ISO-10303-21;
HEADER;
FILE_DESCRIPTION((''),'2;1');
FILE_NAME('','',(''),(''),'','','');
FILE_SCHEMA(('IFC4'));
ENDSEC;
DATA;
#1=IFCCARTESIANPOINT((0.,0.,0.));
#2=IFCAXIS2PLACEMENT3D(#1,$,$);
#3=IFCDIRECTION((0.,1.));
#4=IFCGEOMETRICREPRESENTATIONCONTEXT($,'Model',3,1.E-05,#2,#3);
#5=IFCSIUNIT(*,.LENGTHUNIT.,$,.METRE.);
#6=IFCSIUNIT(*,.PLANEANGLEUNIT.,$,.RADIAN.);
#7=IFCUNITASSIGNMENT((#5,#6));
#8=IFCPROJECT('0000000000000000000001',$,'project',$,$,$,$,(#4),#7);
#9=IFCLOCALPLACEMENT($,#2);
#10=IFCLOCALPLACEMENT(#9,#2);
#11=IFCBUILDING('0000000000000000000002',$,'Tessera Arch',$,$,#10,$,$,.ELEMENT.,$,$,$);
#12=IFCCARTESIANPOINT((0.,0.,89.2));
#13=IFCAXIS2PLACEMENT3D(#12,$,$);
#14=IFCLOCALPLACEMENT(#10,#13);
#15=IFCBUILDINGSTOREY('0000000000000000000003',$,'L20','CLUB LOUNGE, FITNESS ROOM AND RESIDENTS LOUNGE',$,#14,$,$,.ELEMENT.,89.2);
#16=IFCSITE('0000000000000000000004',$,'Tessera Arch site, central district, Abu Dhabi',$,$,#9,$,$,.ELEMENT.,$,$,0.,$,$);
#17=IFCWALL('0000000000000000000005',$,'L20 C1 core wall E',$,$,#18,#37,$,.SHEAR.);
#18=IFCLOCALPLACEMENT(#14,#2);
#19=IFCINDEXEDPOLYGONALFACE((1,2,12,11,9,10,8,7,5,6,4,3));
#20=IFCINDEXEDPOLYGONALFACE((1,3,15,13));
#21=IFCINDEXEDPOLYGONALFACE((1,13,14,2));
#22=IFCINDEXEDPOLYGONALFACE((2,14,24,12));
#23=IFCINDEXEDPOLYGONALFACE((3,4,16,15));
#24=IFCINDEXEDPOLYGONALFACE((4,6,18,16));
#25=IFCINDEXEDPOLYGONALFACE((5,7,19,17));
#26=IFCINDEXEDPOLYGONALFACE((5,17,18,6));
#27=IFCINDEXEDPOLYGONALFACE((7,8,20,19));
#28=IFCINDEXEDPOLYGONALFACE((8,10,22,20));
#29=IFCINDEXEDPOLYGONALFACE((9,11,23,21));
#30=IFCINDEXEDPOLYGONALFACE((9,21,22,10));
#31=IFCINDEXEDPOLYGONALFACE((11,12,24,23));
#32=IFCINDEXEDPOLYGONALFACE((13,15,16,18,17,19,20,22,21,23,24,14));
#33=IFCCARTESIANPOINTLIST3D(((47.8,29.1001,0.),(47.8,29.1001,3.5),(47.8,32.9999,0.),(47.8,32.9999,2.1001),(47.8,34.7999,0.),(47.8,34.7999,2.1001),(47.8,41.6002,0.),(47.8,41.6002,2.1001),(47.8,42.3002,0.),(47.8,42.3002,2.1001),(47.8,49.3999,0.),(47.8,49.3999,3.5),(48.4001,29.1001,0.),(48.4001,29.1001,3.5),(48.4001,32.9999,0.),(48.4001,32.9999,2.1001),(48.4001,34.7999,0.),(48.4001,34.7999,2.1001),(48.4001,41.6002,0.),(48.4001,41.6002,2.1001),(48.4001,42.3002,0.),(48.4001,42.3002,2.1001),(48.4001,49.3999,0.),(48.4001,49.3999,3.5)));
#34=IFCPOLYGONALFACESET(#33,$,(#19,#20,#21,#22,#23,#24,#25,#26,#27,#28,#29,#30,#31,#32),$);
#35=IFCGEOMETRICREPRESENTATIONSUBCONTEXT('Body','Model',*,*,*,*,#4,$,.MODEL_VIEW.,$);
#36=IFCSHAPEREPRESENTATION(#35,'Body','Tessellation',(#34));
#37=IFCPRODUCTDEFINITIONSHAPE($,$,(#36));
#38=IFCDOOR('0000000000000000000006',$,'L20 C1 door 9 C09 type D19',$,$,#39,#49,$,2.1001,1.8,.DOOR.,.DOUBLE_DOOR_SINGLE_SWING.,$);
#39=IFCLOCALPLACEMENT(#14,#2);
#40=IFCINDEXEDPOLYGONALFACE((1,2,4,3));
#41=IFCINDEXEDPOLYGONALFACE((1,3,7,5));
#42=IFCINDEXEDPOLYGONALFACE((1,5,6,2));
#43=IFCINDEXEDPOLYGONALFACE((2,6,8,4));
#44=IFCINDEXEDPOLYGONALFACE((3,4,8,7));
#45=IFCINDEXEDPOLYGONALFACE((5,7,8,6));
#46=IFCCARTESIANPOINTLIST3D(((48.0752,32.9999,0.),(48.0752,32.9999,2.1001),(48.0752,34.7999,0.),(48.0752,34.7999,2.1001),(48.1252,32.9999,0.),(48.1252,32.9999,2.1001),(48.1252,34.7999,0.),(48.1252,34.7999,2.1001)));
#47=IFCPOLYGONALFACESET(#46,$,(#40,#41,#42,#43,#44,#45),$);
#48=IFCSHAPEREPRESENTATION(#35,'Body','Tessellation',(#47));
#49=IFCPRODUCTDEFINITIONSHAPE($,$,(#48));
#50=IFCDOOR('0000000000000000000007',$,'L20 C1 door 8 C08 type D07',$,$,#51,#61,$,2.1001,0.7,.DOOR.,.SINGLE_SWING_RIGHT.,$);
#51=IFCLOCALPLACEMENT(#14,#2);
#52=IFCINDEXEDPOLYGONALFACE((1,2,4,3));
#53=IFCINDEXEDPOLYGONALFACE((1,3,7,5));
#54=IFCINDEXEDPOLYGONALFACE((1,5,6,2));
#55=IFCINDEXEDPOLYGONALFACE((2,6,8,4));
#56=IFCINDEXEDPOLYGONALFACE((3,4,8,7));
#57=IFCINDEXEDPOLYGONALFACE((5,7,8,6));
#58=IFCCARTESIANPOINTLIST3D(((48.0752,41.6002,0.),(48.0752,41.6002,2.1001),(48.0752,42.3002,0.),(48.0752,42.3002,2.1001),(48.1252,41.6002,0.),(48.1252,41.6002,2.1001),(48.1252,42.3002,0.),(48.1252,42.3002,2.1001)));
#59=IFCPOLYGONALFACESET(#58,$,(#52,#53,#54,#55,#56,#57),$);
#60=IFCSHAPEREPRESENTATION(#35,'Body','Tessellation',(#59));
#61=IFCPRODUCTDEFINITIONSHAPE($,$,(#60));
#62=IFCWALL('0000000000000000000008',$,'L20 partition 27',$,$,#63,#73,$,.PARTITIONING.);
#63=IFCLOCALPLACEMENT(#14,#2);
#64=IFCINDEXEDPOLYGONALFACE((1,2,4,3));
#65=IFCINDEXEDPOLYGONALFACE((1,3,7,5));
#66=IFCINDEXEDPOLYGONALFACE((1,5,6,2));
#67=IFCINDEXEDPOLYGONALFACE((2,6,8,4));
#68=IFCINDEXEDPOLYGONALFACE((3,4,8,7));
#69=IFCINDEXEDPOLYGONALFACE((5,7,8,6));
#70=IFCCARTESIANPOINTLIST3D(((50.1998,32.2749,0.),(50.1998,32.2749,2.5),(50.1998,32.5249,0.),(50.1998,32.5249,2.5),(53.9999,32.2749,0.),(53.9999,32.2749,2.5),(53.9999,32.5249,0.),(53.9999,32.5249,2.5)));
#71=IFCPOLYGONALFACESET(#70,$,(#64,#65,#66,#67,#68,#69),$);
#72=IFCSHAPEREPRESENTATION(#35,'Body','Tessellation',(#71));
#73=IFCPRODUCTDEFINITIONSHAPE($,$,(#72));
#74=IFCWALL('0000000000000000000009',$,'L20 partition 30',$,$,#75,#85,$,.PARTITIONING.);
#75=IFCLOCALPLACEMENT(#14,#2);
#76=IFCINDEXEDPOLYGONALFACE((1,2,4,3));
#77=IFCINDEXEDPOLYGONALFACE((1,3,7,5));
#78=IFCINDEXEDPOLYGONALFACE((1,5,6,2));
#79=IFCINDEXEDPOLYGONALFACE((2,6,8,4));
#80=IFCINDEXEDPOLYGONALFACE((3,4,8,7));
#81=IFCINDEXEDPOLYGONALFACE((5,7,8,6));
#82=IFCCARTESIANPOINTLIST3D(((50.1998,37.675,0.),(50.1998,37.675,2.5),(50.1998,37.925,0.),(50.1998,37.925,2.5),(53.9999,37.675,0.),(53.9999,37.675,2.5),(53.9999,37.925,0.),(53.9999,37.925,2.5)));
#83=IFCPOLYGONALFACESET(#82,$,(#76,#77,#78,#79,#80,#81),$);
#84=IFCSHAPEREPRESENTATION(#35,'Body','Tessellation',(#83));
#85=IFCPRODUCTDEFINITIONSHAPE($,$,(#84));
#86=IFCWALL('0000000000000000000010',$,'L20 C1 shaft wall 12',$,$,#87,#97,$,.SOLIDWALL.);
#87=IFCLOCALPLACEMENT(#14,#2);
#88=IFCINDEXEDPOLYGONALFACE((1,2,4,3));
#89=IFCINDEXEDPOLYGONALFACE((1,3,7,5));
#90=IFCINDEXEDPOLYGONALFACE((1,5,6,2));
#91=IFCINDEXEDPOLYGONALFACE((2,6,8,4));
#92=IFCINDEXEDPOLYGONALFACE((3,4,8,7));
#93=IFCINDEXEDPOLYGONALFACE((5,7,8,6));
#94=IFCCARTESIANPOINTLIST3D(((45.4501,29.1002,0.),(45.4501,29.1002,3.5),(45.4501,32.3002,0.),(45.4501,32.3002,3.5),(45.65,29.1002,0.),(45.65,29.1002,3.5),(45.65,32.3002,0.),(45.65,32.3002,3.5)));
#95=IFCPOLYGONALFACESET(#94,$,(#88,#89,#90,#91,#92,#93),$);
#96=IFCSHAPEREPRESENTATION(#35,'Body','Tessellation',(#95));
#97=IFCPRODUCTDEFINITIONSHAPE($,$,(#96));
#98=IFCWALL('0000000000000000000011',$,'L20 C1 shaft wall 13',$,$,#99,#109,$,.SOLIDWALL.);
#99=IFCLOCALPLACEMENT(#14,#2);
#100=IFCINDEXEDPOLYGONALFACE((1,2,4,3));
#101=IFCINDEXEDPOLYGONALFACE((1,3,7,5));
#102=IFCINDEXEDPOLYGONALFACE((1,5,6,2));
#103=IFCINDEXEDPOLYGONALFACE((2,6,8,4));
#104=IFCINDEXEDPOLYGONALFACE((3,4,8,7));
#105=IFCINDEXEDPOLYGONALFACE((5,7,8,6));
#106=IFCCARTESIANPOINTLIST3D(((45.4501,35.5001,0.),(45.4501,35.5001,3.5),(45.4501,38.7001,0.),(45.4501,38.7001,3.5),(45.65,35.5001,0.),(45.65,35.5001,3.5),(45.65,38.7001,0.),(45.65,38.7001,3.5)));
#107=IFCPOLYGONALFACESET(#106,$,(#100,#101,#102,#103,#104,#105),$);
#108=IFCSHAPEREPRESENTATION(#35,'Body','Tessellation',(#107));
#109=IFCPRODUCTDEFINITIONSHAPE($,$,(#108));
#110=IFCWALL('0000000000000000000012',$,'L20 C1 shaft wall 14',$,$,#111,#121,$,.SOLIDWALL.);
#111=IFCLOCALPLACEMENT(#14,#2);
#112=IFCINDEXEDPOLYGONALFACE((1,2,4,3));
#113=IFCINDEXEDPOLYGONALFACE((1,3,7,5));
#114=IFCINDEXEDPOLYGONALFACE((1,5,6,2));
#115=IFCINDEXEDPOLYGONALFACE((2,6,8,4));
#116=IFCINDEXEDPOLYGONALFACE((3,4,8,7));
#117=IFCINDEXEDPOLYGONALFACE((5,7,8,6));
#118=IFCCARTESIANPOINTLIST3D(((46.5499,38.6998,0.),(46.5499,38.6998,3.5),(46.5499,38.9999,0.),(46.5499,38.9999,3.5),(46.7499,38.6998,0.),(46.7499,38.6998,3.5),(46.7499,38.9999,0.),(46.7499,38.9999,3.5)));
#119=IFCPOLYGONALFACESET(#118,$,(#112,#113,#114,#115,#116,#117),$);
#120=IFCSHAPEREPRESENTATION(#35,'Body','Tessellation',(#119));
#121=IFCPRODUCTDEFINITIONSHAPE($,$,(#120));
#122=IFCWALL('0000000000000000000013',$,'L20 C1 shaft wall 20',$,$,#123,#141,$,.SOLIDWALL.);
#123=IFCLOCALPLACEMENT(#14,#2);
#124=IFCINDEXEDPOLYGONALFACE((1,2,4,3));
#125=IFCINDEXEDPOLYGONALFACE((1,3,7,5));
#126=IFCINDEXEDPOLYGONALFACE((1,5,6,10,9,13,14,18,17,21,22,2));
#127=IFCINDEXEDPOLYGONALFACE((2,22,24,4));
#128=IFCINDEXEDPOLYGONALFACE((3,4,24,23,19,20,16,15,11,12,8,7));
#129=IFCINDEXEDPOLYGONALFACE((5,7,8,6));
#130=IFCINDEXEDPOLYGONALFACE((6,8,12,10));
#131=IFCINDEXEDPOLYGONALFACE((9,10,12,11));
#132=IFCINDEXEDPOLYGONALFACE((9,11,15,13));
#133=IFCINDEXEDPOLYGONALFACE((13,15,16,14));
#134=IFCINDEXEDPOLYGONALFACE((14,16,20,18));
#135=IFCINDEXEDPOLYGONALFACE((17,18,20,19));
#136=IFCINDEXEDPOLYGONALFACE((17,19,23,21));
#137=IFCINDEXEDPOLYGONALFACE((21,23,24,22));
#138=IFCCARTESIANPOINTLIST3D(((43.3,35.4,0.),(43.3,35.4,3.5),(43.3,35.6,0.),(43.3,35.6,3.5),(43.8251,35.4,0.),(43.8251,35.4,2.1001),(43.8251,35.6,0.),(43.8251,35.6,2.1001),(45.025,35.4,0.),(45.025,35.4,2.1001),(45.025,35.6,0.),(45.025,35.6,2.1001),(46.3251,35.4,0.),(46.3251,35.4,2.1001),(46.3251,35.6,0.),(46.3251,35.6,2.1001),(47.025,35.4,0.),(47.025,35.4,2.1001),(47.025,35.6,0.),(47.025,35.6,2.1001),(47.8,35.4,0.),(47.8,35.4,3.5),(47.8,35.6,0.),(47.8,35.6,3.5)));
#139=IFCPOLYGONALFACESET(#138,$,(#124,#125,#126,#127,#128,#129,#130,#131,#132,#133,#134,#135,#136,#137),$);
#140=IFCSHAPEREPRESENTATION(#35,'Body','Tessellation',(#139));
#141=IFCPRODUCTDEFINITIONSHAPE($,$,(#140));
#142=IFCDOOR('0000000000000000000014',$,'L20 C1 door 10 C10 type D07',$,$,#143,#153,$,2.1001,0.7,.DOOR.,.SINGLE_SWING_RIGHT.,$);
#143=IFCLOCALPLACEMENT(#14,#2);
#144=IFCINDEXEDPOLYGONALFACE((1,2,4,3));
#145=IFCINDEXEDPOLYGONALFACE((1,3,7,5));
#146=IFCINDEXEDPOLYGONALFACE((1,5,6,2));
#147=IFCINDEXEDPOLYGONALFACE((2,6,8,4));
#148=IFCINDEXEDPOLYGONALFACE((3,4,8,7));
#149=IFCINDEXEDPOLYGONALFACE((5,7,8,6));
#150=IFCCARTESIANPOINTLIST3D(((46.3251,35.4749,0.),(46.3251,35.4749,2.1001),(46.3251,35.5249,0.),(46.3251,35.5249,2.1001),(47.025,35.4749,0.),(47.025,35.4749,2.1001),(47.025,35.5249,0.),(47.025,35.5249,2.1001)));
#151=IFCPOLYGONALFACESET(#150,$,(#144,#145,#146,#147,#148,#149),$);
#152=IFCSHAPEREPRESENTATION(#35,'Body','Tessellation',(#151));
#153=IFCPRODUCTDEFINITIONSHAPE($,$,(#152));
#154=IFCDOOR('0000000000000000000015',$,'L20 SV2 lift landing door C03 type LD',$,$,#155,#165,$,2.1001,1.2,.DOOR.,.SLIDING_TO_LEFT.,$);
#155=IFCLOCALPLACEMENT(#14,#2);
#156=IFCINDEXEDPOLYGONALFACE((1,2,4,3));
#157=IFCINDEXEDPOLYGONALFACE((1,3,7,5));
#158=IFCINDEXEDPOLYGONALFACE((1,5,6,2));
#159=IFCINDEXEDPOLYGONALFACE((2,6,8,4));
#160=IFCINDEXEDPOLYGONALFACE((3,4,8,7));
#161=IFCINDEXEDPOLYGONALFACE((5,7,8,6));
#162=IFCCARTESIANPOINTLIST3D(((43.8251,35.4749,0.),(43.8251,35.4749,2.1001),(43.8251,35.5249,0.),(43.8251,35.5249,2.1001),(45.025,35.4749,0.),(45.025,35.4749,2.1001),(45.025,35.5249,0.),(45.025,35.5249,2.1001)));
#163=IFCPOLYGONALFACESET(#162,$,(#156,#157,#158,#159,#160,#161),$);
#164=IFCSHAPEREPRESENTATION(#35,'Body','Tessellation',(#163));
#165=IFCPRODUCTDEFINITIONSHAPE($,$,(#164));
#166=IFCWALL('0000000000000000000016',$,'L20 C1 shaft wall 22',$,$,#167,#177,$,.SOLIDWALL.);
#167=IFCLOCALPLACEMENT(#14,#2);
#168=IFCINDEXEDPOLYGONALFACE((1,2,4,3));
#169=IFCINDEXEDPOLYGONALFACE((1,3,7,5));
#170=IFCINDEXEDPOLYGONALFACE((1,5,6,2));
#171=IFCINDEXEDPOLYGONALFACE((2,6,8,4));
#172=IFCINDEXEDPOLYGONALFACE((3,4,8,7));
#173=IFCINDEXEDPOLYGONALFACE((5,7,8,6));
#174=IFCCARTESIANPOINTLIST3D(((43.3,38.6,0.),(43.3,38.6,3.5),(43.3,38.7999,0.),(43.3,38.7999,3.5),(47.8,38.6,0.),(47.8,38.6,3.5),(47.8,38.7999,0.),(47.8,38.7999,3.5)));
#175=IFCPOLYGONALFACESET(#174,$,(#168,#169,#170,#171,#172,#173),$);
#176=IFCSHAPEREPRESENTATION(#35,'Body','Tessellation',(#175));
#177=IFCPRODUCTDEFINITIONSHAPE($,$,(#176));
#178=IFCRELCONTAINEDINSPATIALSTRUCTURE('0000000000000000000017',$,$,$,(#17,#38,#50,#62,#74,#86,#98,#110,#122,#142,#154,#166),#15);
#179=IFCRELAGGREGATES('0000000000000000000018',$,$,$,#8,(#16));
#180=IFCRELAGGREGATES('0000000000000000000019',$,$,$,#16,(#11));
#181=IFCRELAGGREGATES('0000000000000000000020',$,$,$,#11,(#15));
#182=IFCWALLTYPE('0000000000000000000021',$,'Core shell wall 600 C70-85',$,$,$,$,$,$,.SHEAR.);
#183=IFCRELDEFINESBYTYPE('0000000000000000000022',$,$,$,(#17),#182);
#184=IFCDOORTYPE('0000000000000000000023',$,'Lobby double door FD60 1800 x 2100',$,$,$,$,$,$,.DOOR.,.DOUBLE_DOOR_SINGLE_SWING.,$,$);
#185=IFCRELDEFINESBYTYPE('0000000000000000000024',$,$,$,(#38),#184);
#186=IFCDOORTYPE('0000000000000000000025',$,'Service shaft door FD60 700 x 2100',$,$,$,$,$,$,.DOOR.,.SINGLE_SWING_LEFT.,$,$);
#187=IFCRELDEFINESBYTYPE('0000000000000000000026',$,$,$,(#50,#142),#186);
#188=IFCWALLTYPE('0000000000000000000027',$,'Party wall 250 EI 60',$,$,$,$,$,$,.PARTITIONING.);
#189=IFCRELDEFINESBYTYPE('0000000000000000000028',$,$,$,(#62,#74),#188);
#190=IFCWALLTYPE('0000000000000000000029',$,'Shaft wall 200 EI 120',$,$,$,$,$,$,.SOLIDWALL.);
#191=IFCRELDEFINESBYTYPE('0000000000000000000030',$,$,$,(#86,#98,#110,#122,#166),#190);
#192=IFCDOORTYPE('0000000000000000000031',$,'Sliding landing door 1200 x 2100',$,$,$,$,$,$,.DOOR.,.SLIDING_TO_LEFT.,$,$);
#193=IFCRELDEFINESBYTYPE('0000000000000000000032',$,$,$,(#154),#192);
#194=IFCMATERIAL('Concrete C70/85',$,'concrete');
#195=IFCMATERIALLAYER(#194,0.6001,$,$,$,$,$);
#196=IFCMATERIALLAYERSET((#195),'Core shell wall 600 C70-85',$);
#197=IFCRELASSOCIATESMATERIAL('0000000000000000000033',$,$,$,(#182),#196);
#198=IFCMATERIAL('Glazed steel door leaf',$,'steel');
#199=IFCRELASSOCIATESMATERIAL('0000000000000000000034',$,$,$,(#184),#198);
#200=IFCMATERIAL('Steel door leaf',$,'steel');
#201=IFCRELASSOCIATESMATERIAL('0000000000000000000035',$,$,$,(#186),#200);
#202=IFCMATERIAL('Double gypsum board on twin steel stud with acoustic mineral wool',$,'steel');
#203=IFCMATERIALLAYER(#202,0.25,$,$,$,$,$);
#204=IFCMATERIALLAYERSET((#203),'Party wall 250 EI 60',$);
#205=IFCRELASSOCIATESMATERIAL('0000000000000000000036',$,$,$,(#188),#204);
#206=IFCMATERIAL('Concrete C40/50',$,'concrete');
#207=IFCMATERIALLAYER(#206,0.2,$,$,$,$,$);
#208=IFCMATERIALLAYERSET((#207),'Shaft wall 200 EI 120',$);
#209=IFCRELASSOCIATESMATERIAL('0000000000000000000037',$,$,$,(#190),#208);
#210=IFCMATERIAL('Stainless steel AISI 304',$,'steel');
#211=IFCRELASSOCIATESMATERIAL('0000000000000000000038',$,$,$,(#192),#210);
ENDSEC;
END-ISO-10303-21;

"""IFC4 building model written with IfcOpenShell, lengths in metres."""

from ifc_helpers import new_model, si_unit, direction, frame, frame_2d, origin, place, context, subcontext, project, spatial, rectangle, extrude, material, layer, layer_set, type_object, element, fill, save


model = new_model("IFC4")

# Units and contexts
model_context = context("Model", 3, precision=1e-05, world=origin(), true_north=direction((0.0, 1.0)))
body_context = subcontext(model_context, "Body", "Model", "MODEL_VIEW")
ifc_project = project(units=[si_unit("LENGTHUNIT", "METRE"), si_unit("PLANEANGLEUNIT", "RADIAN")], contexts=[model_context])

# Site, building, storey
site_placement = place(None, origin())
site = spatial("IfcSite", under=ifc_project, at=site_placement, Name="Tessera Arch site, central district, Abu Dhabi", CompositionType="ELEMENT", RefElevation=0.0)
building_placement = place(site_placement, origin())
building = spatial("IfcBuilding", under=site, at=building_placement, Name="Tessera Arch", CompositionType="ELEMENT")
storey_placement = place(building_placement, frame((0.0, 0.0, 89.2)))
storey = spatial("IfcBuildingStorey", under=building, at=storey_placement, Name="L20", Description="CLUB LOUNGE, FITNESS ROOM AND RESIDENTS LOUNGE", CompositionType="ELEMENT", Elevation=89.2)

# Wall, openings, doors
ifc_material_1 = material(Name="Concrete C70/85", Category="concrete")
ifc_layer_1 = layer(ifc_material_1, 0.6001)
ifc_layer_set_1 = layer_set([ifc_layer_1], Name="Core shell wall 600 C70-85")
wall_type_1 = type_object("IfcWallType", Name="Core shell wall 600 C70-85", PredefinedType="SHEAR", material=ifc_layer_set_1)
wall_1_placement = place(storey_placement, frame((48.1001, 29.1001, 0.0), z_axis=(0.0, 0.0, 1.0), x_axis=(0.0, 1.0, 0.0)))
wall_1 = element("IfcWall", 1, at=wall_1_placement, inside=storey, type_object=wall_type_1, Name="L20 C1 core wall E", PredefinedType="SHEAR", context=body_context, shape_type="SweptSolid", body=[
    extrude(rectangle(XDim=20.2998, YDim=0.6001, at=frame_2d((10.1499, 0.0))), origin(), (0.0, 0.0, 1.0), 3.5),
])
opening_1_placement = place(wall_1_placement, frame((12.5, 0.0, 0.0)))
opening_1 = element("IfcOpeningElement", 2, at=opening_1_placement, cuts=wall_1, PredefinedType="OPENING", context=body_context, shape_type="SweptSolid", body=[
    extrude(rectangle(XDim=0.7, YDim=2.1001, at=frame_2d((0.3501, 1.05))), frame((0.0, 0.3101, 0.0), z_axis=(0.0, -1.0, 0.0), x_axis=(1.0, 0.0, 0.0)), (0.0, 0.0, 1.0), 0.6201),
])
opening_2_placement = place(wall_1_placement, frame((3.8999, 0.0, 0.0)))
opening_2 = element("IfcOpeningElement", 3, at=opening_2_placement, cuts=wall_1, PredefinedType="OPENING", context=body_context, shape_type="SweptSolid", body=[
    extrude(rectangle(XDim=1.8, YDim=2.1001, at=frame_2d((0.8999, 1.05))), frame((0.0, 0.3101, 0.0), z_axis=(0.0, -1.0, 0.0), x_axis=(1.0, 0.0, 0.0)), (0.0, 0.0, 1.0), 0.6201),
])
ifc_material_2 = material(Name="Glazed steel door leaf", Category="steel")
door_type_1 = type_object("IfcDoorType", Name="Lobby double door FD60 1800 x 2100", OperationType="DOUBLE_DOOR_SINGLE_SWING", PredefinedType="DOOR", material=ifc_material_2)
door_1_placement = place(opening_2_placement, origin())
door_1 = element("IfcDoor", 4, at=door_1_placement, inside=storey, type_object=door_type_1, Name="L20 C1 door 9 C09 type D19", OperationType="DOUBLE_DOOR_SINGLE_SWING", OverallHeight=2.1001, OverallWidth=1.8, PredefinedType="DOOR", context=body_context, shape_type="SweptSolid", body=[
    extrude(rectangle(XDim=1.8, YDim=2.1001, at=frame_2d((0.8999, 1.05))), frame((0.0, 0.0249, 0.0), z_axis=(0.0, -1.0, 0.0), x_axis=(1.0, 0.0, 0.0)), (0.0, 0.0, 1.0), 0.05),
])
fill(opening_2, door_1)
ifc_material_3 = material(Name="Steel door leaf", Category="steel")
door_type_2 = type_object("IfcDoorType", Name="Service shaft door FD60 700 x 2100", OperationType="SINGLE_SWING_LEFT", PredefinedType="DOOR", material=ifc_material_3)
door_2_placement = place(opening_1_placement, origin())
door_2 = element("IfcDoor", 5, at=door_2_placement, inside=storey, type_object=door_type_2, Name="L20 C1 door 8 C08 type D07", OperationType="SINGLE_SWING_RIGHT", OverallHeight=2.1001, OverallWidth=0.7, PredefinedType="DOOR", context=body_context, shape_type="SweptSolid", body=[
    extrude(rectangle(XDim=0.7, YDim=2.1001, at=frame_2d((0.3501, 1.05))), frame((0.0, 0.0249, 0.0), z_axis=(0.0, -1.0, 0.0), x_axis=(1.0, 0.0, 0.0)), (0.0, 0.0, 1.0), 0.05),
])
fill(opening_1, door_2)

# Walls
ifc_material_4 = material(Name="Double gypsum board on twin steel stud with acoustic mineral wool", Category="steel")
ifc_layer_2 = layer(ifc_material_4, 0.25)
ifc_layer_set_2 = layer_set([ifc_layer_2], Name="Party wall 250 EI 60")
wall_type_2 = type_object("IfcWallType", Name="Party wall 250 EI 60", PredefinedType="PARTITIONING", material=ifc_layer_set_2)
for number, where, z_axis, x_axis, name in (
    (6, (50.2, 32.3999, 0.0), (0.0, 0.0, 1.0), (1.0, 0.0, 0.0), "L20 partition 27"),
    (7, (50.2, 37.8, 0.0), (0.0, 0.0, 1.0), (1.0, 0.0, 0.0), "L20 partition 30"),
):
    element("IfcWall", number, at=place(storey_placement, frame(where, z_axis=z_axis, x_axis=x_axis)), inside=storey, type_object=wall_type_2, Name=name, PredefinedType="PARTITIONING", context=body_context, shape_type="SweptSolid", body=[
        extrude(rectangle(XDim=3.8, YDim=0.25, at=frame_2d((1.8999, 0.0))), origin(), (0.0, 0.0, 1.0), 2.5),
    ])
ifc_material_5 = material(Name="Concrete C40/50", Category="concrete")
ifc_layer_3 = layer(ifc_material_5, 0.2)
ifc_layer_set_3 = layer_set([ifc_layer_3], Name="Shaft wall 200 EI 120")
wall_type_3 = type_object("IfcWallType", Name="Shaft wall 200 EI 120", PredefinedType="SOLIDWALL", material=ifc_layer_set_3)
for number, where, z_axis, x_axis, name in (
    (8, (45.55, 29.1001, 0.0), (0.0, 0.0, 1.0), (0.0, 1.0, 0.0), "L20 C1 shaft wall 12"),
    (9, (45.55, 35.5, 0.0), (0.0, 0.0, 1.0), (0.0, 1.0, 0.0), "L20 C1 shaft wall 13"),
):
    element("IfcWall", number, at=place(storey_placement, frame(where, z_axis=z_axis, x_axis=x_axis)), inside=storey, type_object=wall_type_3, Name=name, PredefinedType="SOLIDWALL", context=body_context, shape_type="SweptSolid", body=[
        extrude(rectangle(XDim=3.2, YDim=0.2, at=frame_2d((1.6001, 0.0))), origin(), (0.0, 0.0, 1.0), 3.5),
    ])
wall_2_placement = place(storey_placement, frame((46.6499, 38.7, 0.0), z_axis=(0.0, 0.0, 1.0), x_axis=(0.0, 1.0, 0.0)))
element("IfcWall", 10, at=wall_2_placement, inside=storey, type_object=wall_type_3, Name="L20 C1 shaft wall 14", PredefinedType="SOLIDWALL", context=body_context, shape_type="SweptSolid", body=[
    extrude(rectangle(XDim=0.3, YDim=0.2, at=frame_2d((0.1499, 0.0))), origin(), (0.0, 0.0, 1.0), 3.5),
])

# Wall, openings, doors
wall_3_placement = place(storey_placement, frame((43.3, 35.5, 0.0), z_axis=(0.0, 0.0, 1.0), x_axis=(1.0, 0.0, 0.0)))
wall_3 = element("IfcWall", 11, at=wall_3_placement, inside=storey, type_object=wall_type_3, Name="L20 C1 shaft wall 20", PredefinedType="SOLIDWALL", context=body_context, shape_type="SweptSolid", body=[
    extrude(rectangle(XDim=4.5, YDim=0.2, at=frame_2d((2.25, 0.0))), origin(), (0.0, 0.0, 1.0), 3.5),
])
opening_3_placement = place(wall_3_placement, frame((0.5249, 0.0, 0.0)))
opening_3 = element("IfcOpeningElement", 12, at=opening_3_placement, cuts=wall_3, PredefinedType="OPENING", context=body_context, shape_type="SweptSolid", body=[
    extrude(rectangle(XDim=1.2, YDim=2.1001, at=frame_2d((0.6001, 1.05))), frame((0.0, 0.1099, 0.0), z_axis=(0.0, -1.0, 0.0), x_axis=(1.0, 0.0, 0.0)), (0.0, 0.0, 1.0), 0.22),
])
opening_4_placement = place(wall_3_placement, frame((3.0249, 0.0, 0.0)))
opening_4 = element("IfcOpeningElement", 13, at=opening_4_placement, cuts=wall_3, PredefinedType="OPENING", context=body_context, shape_type="SweptSolid", body=[
    extrude(rectangle(XDim=0.7, YDim=2.1001, at=frame_2d((0.3501, 1.05))), frame((0.0, 0.1099, 0.0), z_axis=(0.0, -1.0, 0.0), x_axis=(1.0, 0.0, 0.0)), (0.0, 0.0, 1.0), 0.22),
])
door_3_placement = place(opening_4_placement, origin())
door_3 = element("IfcDoor", 14, at=door_3_placement, inside=storey, type_object=door_type_2, Name="L20 C1 door 10 C10 type D07", OperationType="SINGLE_SWING_RIGHT", OverallHeight=2.1001, OverallWidth=0.7, PredefinedType="DOOR", context=body_context, shape_type="SweptSolid", body=[
    extrude(rectangle(XDim=0.7, YDim=2.1001, at=frame_2d((0.3501, 1.05))), frame((0.0, 0.0249, 0.0), z_axis=(0.0, -1.0, 0.0), x_axis=(1.0, 0.0, 0.0)), (0.0, 0.0, 1.0), 0.05),
])
fill(opening_4, door_3)
ifc_material_6 = material(Name="Stainless steel AISI 304", Category="steel")
door_type_3 = type_object("IfcDoorType", Name="Sliding landing door 1200 x 2100", OperationType="SLIDING_TO_LEFT", PredefinedType="DOOR", material=ifc_material_6)
door_4_placement = place(opening_3_placement, origin())
door_4 = element("IfcDoor", 15, at=door_4_placement, inside=storey, type_object=door_type_3, Name="L20 SV2 lift landing door C03 type LD", OperationType="SLIDING_TO_LEFT", OverallHeight=2.1001, OverallWidth=1.2, PredefinedType="DOOR", context=body_context, shape_type="SweptSolid", body=[
    extrude(rectangle(XDim=1.2, YDim=2.1001, at=frame_2d((0.6001, 1.05))), frame((0.0, 0.0249, 0.0), z_axis=(0.0, -1.0, 0.0), x_axis=(1.0, 0.0, 0.0)), (0.0, 0.0, 1.0), 0.05),
])
fill(opening_3, door_4)

# Wall
wall_4_placement = place(storey_placement, frame((43.3, 38.7, 0.0), z_axis=(0.0, 0.0, 1.0), x_axis=(1.0, 0.0, 0.0)))
element("IfcWall", 16, at=wall_4_placement, inside=storey, type_object=wall_type_3, Name="L20 C1 shaft wall 22", PredefinedType="SOLIDWALL", context=body_context, shape_type="SweptSolid", body=[
    extrude(rectangle(XDim=4.5, YDim=0.2, at=frame_2d((2.25, 0.0))), origin(), (0.0, 0.0, 1.0), 3.5),
])

save(model, "model.ifc")
